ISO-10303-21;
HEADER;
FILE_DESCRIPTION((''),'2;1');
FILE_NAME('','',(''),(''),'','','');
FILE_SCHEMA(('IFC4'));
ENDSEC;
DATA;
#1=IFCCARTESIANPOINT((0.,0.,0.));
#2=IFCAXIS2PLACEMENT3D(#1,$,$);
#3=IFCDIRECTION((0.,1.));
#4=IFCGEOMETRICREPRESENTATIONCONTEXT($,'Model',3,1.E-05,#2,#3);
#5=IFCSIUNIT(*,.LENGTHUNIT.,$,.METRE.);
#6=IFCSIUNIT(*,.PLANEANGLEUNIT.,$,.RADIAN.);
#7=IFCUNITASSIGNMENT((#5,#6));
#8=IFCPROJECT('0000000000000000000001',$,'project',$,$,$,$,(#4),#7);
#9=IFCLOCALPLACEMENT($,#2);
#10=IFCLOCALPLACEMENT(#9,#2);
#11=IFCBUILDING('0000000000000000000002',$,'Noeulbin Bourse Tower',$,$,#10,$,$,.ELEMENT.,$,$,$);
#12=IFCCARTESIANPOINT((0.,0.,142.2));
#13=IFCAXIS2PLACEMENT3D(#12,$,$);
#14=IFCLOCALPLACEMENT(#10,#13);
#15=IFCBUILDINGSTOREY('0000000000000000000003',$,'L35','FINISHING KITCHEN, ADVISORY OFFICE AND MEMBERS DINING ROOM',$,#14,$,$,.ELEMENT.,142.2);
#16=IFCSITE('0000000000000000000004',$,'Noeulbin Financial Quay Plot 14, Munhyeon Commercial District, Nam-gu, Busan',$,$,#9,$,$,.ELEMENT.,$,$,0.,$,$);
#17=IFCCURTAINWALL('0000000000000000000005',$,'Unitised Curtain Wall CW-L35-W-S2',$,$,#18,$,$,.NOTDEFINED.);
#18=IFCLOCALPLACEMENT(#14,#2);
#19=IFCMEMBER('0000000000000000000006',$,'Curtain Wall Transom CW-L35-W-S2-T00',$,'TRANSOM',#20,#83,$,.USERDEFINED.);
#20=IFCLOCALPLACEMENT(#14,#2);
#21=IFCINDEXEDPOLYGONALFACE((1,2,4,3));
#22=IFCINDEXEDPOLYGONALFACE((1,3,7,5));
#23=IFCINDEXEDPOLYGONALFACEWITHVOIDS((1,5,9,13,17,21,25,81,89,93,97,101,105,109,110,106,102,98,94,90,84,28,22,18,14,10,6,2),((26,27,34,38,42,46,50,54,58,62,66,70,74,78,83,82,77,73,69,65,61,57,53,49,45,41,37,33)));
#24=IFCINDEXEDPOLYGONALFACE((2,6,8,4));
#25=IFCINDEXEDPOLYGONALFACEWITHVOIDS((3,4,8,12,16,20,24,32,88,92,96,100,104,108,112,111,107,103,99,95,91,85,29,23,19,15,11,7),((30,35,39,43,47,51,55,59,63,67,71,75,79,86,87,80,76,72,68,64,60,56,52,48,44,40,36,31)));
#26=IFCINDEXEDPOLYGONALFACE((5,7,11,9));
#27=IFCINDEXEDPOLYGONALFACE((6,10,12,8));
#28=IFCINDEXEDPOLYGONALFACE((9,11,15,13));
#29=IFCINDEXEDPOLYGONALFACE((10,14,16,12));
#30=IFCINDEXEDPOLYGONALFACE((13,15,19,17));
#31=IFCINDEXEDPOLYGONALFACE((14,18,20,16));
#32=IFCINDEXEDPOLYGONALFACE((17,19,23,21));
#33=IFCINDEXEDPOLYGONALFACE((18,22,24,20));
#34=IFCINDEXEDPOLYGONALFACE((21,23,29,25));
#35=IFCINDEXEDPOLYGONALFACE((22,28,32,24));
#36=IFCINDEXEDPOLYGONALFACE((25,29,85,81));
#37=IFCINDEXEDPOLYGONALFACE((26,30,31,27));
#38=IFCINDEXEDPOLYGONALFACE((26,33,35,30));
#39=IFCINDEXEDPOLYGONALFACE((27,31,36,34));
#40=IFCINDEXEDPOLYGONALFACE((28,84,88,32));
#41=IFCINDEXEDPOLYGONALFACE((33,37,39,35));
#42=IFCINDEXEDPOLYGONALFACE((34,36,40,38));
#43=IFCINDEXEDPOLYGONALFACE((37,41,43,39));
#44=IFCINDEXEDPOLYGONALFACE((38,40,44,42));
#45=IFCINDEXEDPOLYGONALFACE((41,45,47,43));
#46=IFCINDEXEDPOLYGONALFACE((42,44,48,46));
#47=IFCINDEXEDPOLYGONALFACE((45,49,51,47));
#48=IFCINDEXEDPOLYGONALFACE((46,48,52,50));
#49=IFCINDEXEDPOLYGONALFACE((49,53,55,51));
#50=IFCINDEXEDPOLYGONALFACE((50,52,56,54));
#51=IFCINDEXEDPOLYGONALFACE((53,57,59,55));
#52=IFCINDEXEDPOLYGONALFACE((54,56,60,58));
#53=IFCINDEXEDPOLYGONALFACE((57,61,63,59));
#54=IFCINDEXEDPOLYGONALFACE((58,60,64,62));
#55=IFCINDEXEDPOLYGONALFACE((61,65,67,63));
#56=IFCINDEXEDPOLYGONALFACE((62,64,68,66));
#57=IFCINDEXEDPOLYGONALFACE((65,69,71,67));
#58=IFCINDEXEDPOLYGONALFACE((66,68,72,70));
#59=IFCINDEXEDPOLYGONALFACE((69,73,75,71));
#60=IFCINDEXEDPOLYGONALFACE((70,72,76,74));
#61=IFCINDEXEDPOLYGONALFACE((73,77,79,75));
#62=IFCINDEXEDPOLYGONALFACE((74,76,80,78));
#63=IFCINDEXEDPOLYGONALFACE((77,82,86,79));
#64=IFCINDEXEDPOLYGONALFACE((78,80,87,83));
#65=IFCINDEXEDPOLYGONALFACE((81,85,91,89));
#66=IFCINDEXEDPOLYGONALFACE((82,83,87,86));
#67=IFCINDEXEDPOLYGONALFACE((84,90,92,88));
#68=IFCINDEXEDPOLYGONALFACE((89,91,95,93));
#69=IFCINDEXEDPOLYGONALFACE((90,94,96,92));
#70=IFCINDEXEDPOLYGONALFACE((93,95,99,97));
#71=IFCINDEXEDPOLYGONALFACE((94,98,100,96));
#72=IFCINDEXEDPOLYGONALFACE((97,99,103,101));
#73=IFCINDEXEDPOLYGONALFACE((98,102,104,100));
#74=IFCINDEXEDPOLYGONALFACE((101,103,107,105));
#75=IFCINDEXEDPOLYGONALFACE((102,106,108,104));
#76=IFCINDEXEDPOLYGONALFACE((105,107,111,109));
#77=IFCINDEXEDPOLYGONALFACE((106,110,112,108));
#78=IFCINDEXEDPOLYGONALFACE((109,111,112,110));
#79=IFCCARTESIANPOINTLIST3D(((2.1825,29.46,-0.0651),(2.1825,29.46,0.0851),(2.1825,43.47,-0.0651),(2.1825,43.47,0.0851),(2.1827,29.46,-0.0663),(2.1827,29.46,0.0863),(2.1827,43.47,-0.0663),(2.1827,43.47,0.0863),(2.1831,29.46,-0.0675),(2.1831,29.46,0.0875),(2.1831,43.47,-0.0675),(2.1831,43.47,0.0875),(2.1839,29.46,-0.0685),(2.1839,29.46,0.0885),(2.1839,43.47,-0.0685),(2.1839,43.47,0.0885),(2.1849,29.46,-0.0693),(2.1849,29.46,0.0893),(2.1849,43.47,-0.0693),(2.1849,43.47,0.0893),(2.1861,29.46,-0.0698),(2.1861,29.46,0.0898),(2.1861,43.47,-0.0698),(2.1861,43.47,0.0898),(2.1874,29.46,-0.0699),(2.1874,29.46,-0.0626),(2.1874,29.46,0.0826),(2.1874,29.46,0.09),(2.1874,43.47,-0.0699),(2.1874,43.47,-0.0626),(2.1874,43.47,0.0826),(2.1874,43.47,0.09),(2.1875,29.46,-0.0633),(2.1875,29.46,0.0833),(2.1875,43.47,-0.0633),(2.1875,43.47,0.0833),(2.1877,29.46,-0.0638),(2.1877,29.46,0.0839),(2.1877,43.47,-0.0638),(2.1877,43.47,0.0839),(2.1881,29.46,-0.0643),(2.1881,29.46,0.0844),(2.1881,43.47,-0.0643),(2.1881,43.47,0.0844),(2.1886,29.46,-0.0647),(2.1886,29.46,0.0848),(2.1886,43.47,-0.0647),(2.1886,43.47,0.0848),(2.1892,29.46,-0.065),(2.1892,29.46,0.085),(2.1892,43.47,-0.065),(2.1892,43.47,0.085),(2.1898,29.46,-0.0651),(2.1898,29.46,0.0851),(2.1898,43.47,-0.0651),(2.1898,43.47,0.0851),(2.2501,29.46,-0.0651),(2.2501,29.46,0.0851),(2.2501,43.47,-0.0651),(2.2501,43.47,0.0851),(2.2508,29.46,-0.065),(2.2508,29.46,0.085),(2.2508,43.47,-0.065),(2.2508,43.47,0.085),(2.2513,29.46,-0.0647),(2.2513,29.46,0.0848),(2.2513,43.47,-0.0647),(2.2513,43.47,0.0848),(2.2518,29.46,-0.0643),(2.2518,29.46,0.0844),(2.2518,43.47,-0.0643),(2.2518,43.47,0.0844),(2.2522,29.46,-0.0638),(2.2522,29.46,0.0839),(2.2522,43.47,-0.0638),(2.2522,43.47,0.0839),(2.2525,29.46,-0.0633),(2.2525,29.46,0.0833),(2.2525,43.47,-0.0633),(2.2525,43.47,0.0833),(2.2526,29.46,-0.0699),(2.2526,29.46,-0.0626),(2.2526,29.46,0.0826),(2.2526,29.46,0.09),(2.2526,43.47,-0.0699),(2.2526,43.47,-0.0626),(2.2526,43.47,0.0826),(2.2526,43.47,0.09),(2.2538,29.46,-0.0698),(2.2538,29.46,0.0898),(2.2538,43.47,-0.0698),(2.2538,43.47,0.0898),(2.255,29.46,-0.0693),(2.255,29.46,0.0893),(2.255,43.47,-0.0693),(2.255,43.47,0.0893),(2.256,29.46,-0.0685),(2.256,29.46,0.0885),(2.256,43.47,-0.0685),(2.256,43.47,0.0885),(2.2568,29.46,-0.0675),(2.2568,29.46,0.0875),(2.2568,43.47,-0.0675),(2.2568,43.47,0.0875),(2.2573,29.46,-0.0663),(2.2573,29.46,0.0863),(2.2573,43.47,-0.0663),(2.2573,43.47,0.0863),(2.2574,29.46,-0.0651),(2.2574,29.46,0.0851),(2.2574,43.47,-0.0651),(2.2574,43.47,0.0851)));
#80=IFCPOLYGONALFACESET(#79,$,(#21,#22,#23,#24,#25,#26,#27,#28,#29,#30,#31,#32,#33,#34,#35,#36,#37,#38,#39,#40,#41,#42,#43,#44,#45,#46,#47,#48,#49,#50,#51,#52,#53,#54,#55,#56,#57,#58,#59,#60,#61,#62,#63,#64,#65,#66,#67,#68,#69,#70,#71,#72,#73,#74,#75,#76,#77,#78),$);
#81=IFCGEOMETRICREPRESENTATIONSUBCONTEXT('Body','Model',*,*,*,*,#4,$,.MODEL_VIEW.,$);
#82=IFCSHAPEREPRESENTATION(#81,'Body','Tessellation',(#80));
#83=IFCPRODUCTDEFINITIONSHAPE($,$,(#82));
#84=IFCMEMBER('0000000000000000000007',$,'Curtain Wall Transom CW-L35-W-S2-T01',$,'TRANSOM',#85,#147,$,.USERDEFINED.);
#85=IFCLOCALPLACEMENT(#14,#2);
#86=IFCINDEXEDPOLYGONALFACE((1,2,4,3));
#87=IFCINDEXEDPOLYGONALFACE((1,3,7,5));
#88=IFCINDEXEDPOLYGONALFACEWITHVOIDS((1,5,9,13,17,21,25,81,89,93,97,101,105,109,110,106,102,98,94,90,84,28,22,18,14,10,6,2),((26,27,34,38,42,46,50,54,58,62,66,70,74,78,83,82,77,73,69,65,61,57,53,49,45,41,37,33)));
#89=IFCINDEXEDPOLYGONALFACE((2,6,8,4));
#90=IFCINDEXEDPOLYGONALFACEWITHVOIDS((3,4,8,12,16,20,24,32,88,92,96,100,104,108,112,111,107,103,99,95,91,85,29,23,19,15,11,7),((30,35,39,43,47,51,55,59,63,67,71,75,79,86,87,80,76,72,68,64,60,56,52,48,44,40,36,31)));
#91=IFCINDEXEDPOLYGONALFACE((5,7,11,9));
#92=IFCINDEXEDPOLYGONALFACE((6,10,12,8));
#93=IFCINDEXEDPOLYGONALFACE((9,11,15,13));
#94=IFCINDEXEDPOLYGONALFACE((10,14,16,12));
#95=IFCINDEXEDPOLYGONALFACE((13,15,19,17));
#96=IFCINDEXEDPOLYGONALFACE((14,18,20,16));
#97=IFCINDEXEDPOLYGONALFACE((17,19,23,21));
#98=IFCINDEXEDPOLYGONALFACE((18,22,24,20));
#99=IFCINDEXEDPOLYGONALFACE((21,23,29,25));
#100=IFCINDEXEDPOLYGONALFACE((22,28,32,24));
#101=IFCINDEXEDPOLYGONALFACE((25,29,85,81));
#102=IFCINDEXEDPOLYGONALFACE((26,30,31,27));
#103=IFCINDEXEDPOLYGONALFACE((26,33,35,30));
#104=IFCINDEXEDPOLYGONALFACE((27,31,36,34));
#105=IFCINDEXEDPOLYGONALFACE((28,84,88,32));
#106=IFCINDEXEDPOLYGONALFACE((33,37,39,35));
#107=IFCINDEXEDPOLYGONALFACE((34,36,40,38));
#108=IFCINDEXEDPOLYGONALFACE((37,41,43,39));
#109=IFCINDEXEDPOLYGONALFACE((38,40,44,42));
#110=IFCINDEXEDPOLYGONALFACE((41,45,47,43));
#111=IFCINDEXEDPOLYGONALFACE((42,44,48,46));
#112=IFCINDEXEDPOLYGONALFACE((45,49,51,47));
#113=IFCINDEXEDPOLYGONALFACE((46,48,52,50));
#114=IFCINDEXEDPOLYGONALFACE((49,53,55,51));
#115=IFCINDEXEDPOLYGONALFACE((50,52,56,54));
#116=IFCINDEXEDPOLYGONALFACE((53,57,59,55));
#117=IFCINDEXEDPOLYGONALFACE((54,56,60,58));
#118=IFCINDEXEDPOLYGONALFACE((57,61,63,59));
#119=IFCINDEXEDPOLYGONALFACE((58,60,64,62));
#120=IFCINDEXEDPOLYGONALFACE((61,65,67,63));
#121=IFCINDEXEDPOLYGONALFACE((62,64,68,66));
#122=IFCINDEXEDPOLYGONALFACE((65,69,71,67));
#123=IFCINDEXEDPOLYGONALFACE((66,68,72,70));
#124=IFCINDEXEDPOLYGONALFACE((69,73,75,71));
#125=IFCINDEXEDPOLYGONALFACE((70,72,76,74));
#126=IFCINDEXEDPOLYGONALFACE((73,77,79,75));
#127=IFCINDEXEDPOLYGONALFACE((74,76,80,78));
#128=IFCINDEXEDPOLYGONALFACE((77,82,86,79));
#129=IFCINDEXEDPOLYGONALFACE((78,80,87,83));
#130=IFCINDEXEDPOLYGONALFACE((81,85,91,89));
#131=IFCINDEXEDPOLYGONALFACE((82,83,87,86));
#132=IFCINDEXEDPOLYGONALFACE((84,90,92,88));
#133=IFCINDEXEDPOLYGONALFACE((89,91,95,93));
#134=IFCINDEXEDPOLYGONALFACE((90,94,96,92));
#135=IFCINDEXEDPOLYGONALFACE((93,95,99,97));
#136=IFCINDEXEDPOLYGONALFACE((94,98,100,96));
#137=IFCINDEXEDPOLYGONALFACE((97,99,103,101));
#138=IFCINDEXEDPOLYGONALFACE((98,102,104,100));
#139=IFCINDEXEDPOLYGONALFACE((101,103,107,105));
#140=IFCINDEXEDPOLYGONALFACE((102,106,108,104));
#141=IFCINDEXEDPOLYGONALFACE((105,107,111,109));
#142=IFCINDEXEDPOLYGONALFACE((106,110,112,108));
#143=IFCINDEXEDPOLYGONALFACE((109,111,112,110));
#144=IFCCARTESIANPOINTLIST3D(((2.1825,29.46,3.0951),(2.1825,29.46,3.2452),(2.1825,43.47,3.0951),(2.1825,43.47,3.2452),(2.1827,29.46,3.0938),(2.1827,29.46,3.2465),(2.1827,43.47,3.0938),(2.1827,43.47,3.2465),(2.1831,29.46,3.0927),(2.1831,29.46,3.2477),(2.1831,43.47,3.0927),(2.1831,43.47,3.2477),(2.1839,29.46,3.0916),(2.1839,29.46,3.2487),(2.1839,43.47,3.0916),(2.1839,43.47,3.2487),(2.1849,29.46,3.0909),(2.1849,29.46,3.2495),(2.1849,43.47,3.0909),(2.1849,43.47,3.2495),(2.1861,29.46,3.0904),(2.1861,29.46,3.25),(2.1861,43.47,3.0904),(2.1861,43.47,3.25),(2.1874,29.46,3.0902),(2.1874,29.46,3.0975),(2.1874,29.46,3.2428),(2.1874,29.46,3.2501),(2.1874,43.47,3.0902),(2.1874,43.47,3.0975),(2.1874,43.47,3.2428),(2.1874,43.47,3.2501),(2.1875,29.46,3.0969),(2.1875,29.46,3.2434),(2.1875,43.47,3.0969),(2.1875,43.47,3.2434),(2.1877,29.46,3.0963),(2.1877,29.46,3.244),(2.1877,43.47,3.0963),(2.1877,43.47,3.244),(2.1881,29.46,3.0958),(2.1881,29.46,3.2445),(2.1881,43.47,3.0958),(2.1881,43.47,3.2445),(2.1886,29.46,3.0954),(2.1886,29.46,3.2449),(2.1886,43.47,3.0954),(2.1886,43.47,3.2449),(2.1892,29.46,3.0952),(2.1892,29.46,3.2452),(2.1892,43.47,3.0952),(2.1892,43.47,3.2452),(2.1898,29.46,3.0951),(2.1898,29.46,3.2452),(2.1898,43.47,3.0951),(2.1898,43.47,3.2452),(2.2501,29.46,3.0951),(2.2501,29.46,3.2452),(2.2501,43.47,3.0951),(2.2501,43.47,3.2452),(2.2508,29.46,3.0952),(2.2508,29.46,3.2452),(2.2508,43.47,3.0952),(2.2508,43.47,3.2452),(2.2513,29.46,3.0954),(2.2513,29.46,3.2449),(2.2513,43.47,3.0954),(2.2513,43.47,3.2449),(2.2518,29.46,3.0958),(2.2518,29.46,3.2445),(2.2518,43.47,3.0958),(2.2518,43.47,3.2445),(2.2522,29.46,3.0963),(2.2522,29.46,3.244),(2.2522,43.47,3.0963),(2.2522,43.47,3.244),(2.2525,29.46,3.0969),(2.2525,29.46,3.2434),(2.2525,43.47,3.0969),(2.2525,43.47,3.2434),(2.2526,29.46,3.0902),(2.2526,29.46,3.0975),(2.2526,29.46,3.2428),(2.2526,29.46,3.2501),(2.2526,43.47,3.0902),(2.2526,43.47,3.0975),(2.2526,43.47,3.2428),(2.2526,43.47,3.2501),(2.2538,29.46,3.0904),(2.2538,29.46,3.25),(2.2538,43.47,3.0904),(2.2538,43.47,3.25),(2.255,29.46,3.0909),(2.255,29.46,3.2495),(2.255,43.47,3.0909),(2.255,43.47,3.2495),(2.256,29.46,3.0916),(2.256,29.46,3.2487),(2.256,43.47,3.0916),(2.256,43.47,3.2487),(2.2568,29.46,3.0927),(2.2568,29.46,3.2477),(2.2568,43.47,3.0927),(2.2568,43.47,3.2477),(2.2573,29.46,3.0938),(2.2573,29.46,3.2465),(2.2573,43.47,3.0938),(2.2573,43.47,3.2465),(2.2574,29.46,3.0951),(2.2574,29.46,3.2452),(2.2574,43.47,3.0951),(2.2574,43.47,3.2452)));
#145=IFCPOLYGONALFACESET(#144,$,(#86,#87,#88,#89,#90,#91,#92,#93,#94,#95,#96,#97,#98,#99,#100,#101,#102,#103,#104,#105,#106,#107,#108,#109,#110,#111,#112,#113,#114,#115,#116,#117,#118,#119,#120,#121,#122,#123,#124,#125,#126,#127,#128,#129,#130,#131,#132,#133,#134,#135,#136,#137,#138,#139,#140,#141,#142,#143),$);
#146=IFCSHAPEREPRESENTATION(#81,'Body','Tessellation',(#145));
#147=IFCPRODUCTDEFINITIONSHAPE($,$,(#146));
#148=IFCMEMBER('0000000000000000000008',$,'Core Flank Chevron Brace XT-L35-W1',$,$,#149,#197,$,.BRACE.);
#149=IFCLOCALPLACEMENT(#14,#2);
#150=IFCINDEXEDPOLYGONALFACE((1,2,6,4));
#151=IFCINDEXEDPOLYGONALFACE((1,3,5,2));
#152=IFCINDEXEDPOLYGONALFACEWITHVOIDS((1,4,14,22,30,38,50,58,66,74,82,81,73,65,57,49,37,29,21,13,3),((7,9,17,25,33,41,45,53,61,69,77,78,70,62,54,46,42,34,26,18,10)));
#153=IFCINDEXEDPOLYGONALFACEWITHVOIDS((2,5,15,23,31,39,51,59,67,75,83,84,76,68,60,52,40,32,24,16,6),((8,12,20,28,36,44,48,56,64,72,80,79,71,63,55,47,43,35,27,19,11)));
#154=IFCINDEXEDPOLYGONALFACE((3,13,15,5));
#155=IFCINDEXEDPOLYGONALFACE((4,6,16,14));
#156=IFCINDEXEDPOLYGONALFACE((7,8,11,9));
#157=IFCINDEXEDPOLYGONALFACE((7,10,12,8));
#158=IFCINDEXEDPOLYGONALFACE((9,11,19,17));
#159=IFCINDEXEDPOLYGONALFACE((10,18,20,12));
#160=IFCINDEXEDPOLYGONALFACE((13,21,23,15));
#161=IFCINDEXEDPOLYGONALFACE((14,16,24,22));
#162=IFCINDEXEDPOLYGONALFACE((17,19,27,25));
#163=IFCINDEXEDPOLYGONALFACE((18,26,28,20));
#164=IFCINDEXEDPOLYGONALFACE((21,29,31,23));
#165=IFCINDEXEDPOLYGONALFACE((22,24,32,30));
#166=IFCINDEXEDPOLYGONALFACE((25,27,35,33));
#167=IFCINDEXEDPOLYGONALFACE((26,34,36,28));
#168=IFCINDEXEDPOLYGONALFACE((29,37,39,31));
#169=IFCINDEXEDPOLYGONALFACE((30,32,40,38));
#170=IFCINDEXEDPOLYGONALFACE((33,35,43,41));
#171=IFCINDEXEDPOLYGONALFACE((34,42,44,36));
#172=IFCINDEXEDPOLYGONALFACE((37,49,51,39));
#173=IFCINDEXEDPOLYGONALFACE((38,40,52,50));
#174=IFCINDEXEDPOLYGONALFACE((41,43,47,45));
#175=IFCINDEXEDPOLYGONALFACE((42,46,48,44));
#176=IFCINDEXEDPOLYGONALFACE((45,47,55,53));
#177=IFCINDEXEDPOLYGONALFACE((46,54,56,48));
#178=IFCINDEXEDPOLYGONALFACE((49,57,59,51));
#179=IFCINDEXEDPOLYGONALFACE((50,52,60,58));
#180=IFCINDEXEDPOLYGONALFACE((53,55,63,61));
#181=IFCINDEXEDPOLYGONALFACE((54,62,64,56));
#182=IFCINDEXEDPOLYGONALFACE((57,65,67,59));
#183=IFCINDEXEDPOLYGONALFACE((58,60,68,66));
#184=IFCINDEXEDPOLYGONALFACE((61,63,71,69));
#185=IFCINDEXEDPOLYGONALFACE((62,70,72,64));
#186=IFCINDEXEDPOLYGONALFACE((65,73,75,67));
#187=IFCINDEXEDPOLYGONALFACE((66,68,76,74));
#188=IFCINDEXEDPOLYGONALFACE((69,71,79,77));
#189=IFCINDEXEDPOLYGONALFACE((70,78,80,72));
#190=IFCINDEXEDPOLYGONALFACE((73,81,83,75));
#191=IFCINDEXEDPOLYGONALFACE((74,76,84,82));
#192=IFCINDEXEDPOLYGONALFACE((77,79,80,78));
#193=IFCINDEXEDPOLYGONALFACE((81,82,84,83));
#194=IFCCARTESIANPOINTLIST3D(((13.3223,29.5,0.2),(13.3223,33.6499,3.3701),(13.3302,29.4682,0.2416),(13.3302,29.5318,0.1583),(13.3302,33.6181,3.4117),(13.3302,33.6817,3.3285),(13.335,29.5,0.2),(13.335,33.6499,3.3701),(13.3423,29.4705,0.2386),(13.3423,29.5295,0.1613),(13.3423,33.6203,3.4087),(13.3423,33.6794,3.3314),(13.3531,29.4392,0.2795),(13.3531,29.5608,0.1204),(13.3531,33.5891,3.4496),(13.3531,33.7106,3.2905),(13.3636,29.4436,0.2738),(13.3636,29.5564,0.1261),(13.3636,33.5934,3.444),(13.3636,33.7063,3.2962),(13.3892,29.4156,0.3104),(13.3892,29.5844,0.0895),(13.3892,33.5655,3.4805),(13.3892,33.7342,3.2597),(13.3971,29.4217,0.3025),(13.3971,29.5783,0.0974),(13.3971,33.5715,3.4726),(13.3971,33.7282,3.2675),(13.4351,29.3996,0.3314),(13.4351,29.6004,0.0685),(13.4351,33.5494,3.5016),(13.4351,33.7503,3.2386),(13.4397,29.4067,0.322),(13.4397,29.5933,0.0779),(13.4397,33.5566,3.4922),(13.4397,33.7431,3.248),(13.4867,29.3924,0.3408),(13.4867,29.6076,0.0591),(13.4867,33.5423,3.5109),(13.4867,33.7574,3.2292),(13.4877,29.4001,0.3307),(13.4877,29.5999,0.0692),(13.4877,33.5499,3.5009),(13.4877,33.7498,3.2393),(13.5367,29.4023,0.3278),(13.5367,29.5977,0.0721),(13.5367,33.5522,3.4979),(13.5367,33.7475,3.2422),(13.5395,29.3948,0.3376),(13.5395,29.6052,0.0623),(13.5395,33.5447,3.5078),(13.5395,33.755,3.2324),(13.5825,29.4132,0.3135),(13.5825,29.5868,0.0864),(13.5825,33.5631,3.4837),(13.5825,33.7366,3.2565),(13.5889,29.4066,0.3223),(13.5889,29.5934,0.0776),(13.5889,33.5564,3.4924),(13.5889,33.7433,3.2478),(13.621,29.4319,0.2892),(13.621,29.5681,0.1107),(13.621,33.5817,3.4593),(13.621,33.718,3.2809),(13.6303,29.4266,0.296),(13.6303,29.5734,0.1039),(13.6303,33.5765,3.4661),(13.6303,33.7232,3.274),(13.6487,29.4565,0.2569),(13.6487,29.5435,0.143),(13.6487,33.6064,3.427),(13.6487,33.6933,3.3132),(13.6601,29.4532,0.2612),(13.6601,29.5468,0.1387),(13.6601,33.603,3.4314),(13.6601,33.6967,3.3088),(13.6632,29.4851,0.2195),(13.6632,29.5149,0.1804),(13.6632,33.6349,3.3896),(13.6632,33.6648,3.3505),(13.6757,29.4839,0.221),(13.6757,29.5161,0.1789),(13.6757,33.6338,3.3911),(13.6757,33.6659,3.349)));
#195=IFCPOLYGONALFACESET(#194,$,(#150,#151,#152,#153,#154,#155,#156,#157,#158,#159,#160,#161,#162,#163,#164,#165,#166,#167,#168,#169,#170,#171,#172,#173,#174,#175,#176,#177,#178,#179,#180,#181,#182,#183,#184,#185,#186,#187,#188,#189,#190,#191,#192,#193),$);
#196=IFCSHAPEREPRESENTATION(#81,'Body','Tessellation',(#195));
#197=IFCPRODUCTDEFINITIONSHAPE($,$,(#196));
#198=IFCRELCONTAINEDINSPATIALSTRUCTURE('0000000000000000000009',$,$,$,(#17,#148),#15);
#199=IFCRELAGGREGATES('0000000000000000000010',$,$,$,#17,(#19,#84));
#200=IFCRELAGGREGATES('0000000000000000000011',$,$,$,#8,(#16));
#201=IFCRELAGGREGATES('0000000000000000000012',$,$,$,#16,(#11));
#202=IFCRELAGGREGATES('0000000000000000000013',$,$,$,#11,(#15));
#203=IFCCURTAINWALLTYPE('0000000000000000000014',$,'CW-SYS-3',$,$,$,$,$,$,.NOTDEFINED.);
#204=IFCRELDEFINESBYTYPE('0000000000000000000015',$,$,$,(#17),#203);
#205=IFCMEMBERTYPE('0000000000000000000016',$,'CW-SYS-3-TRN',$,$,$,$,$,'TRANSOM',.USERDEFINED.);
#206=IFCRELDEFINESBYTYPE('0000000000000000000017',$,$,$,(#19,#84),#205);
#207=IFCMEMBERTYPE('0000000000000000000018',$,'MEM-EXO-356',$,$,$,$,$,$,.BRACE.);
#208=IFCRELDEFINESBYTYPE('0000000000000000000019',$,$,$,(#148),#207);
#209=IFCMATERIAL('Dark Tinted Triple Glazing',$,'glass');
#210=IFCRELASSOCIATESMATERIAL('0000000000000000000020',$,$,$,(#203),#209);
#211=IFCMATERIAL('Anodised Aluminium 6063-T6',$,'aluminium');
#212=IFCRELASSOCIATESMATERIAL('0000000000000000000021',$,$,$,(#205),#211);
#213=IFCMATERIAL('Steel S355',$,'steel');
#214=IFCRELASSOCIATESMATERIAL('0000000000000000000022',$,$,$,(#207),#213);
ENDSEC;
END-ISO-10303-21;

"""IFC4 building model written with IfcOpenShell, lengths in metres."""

from ifc_helpers import new_model, si_unit, direction, frame, origin, origin_2d, place, context, subcontext, project, spatial, hollow_rectangle, hollow_circle, extrude, material, material_profile, profile_set, type_object, element, aggregate, save


model = new_model("IFC4")

# Units and contexts
model_context = context("Model", 3, precision=1e-05, world=origin(), true_north=direction((0.0, 1.0)))
body_context = subcontext(model_context, "Body", "Model", "MODEL_VIEW")
ifc_project = project(units=[si_unit("LENGTHUNIT", "METRE"), si_unit("PLANEANGLEUNIT", "RADIAN")], contexts=[model_context])

# Site, building, storey
site_placement = place(None, origin())
site = spatial("IfcSite", under=ifc_project, at=site_placement, Name="Noeulbin Financial Quay Plot 14, Munhyeon Commercial District, Nam-gu, Busan", CompositionType="ELEMENT", RefElevation=0.0)
building_placement = place(site_placement, origin())
building = spatial("IfcBuilding", under=site, at=building_placement, Name="Noeulbin Bourse Tower", CompositionType="ELEMENT")
storey_placement = place(building_placement, frame((0.0, 0.0, 142.2)))
storey = spatial("IfcBuildingStorey", under=building, at=storey_placement, Name="L35", Description="FINISHING KITCHEN, ADVISORY OFFICE AND MEMBERS DINING ROOM", CompositionType="ELEMENT", Elevation=142.2)

# Shared definitions
ifc_material_1 = material(Name="Steel S355", Category="steel")

# Curtain wall, members
ifc_material_2 = material(Name="Dark Tinted Triple Glazing", Category="glass")
curtain_wall_type = type_object("IfcCurtainWallType", Name="CW-SYS-3", PredefinedType="NOTDEFINED", material=ifc_material_2)
curtain_wall_placement = place(storey_placement, origin())
curtain_wall = element("IfcCurtainWall", 1, at=curtain_wall_placement, inside=storey, type_object=curtain_wall_type, Name="Unitised Curtain Wall CW-L35-W-S2", PredefinedType="NOTDEFINED")
ifc_material_3 = material(Name="Anodised Aluminium 6063-T6", Category="aluminium")
ifc_material_profile_1 = material_profile(ifc_material_3, hollow_rectangle(XDim=0.075, YDim=0.1599, WallThickness=0.0049, InnerFilletRadius=0.0024, OuterFilletRadius=0.0049, at=origin_2d()), Name="ALU-TRAN-75x160x5", Category="LoadBearing")
ifc_profile_set_1 = profile_set([ifc_material_profile_1], Name="Anodised Aluminium 6063-T6")
member_type_1 = type_object("IfcMemberType", Name="CW-SYS-3-TRN", ElementType="TRANSOM", PredefinedType="USERDEFINED", material=ifc_profile_set_1)
member_1_placement = place(storey_placement, frame((2.22, 29.46, 0.01), z_axis=(0.0, 1.0, 0.0), x_axis=(-1.0, 0.0, 0.0)))
member_1 = element("IfcMember", 2, at=member_1_placement, type_object=member_type_1, Name="Curtain Wall Transom CW-L35-W-S2-T00", ObjectType="TRANSOM", PredefinedType="USERDEFINED", context=body_context, shape_type="SweptSolid", body=[
    extrude(hollow_rectangle(XDim=0.075, YDim=0.1599, WallThickness=0.0049, InnerFilletRadius=0.0024, OuterFilletRadius=0.0049, at=origin_2d()), origin(), (0.0, 0.0, 1.0), 14.01),
])
member_2_placement = place(storey_placement, frame((2.22, 29.46, 3.1702), z_axis=(0.0, 1.0, 0.0), x_axis=(-1.0, 0.0, 0.0)))
member_2 = element("IfcMember", 3, at=member_2_placement, type_object=member_type_1, Name="Curtain Wall Transom CW-L35-W-S2-T01", ObjectType="TRANSOM", PredefinedType="USERDEFINED", context=body_context, shape_type="SweptSolid", body=[
    extrude(hollow_rectangle(XDim=0.075, YDim=0.1599, WallThickness=0.0049, InnerFilletRadius=0.0024, OuterFilletRadius=0.0049, at=origin_2d()), origin(), (0.0, 0.0, 1.0), 14.01),
])

# Member
ifc_material_profile_2 = material_profile(ifc_material_1, hollow_circle(Radius=0.1777, WallThickness=0.0127, at=origin_2d()), Name="CHS-355.6x12.7", Category="LoadBearing")
ifc_profile_set_2 = profile_set([ifc_material_profile_2], Name="Steel S355")
member_type_2 = type_object("IfcMemberType", Name="MEM-EXO-356", PredefinedType="BRACE", material=ifc_profile_set_2)
member_3_placement = place(storey_placement, frame((13.5, 29.5, 0.2), z_axis=(0.0, 0.794662, 0.607053), x_axis=(-1.0, 0.0, 0.0)))
element("IfcMember", 4, at=member_3_placement, inside=storey, type_object=member_type_2, Name="Core Flank Chevron Brace XT-L35-W1", PredefinedType="BRACE", context=body_context, shape_type="SweptSolid", body=[
    extrude(hollow_circle(Radius=0.1777, WallThickness=0.0127, at=origin_2d()), origin(), (0.0, 0.0, 1.0), 5.2222),
])

aggregate(curtain_wall, [member_1, member_2])

save(model, "model.ifc")
